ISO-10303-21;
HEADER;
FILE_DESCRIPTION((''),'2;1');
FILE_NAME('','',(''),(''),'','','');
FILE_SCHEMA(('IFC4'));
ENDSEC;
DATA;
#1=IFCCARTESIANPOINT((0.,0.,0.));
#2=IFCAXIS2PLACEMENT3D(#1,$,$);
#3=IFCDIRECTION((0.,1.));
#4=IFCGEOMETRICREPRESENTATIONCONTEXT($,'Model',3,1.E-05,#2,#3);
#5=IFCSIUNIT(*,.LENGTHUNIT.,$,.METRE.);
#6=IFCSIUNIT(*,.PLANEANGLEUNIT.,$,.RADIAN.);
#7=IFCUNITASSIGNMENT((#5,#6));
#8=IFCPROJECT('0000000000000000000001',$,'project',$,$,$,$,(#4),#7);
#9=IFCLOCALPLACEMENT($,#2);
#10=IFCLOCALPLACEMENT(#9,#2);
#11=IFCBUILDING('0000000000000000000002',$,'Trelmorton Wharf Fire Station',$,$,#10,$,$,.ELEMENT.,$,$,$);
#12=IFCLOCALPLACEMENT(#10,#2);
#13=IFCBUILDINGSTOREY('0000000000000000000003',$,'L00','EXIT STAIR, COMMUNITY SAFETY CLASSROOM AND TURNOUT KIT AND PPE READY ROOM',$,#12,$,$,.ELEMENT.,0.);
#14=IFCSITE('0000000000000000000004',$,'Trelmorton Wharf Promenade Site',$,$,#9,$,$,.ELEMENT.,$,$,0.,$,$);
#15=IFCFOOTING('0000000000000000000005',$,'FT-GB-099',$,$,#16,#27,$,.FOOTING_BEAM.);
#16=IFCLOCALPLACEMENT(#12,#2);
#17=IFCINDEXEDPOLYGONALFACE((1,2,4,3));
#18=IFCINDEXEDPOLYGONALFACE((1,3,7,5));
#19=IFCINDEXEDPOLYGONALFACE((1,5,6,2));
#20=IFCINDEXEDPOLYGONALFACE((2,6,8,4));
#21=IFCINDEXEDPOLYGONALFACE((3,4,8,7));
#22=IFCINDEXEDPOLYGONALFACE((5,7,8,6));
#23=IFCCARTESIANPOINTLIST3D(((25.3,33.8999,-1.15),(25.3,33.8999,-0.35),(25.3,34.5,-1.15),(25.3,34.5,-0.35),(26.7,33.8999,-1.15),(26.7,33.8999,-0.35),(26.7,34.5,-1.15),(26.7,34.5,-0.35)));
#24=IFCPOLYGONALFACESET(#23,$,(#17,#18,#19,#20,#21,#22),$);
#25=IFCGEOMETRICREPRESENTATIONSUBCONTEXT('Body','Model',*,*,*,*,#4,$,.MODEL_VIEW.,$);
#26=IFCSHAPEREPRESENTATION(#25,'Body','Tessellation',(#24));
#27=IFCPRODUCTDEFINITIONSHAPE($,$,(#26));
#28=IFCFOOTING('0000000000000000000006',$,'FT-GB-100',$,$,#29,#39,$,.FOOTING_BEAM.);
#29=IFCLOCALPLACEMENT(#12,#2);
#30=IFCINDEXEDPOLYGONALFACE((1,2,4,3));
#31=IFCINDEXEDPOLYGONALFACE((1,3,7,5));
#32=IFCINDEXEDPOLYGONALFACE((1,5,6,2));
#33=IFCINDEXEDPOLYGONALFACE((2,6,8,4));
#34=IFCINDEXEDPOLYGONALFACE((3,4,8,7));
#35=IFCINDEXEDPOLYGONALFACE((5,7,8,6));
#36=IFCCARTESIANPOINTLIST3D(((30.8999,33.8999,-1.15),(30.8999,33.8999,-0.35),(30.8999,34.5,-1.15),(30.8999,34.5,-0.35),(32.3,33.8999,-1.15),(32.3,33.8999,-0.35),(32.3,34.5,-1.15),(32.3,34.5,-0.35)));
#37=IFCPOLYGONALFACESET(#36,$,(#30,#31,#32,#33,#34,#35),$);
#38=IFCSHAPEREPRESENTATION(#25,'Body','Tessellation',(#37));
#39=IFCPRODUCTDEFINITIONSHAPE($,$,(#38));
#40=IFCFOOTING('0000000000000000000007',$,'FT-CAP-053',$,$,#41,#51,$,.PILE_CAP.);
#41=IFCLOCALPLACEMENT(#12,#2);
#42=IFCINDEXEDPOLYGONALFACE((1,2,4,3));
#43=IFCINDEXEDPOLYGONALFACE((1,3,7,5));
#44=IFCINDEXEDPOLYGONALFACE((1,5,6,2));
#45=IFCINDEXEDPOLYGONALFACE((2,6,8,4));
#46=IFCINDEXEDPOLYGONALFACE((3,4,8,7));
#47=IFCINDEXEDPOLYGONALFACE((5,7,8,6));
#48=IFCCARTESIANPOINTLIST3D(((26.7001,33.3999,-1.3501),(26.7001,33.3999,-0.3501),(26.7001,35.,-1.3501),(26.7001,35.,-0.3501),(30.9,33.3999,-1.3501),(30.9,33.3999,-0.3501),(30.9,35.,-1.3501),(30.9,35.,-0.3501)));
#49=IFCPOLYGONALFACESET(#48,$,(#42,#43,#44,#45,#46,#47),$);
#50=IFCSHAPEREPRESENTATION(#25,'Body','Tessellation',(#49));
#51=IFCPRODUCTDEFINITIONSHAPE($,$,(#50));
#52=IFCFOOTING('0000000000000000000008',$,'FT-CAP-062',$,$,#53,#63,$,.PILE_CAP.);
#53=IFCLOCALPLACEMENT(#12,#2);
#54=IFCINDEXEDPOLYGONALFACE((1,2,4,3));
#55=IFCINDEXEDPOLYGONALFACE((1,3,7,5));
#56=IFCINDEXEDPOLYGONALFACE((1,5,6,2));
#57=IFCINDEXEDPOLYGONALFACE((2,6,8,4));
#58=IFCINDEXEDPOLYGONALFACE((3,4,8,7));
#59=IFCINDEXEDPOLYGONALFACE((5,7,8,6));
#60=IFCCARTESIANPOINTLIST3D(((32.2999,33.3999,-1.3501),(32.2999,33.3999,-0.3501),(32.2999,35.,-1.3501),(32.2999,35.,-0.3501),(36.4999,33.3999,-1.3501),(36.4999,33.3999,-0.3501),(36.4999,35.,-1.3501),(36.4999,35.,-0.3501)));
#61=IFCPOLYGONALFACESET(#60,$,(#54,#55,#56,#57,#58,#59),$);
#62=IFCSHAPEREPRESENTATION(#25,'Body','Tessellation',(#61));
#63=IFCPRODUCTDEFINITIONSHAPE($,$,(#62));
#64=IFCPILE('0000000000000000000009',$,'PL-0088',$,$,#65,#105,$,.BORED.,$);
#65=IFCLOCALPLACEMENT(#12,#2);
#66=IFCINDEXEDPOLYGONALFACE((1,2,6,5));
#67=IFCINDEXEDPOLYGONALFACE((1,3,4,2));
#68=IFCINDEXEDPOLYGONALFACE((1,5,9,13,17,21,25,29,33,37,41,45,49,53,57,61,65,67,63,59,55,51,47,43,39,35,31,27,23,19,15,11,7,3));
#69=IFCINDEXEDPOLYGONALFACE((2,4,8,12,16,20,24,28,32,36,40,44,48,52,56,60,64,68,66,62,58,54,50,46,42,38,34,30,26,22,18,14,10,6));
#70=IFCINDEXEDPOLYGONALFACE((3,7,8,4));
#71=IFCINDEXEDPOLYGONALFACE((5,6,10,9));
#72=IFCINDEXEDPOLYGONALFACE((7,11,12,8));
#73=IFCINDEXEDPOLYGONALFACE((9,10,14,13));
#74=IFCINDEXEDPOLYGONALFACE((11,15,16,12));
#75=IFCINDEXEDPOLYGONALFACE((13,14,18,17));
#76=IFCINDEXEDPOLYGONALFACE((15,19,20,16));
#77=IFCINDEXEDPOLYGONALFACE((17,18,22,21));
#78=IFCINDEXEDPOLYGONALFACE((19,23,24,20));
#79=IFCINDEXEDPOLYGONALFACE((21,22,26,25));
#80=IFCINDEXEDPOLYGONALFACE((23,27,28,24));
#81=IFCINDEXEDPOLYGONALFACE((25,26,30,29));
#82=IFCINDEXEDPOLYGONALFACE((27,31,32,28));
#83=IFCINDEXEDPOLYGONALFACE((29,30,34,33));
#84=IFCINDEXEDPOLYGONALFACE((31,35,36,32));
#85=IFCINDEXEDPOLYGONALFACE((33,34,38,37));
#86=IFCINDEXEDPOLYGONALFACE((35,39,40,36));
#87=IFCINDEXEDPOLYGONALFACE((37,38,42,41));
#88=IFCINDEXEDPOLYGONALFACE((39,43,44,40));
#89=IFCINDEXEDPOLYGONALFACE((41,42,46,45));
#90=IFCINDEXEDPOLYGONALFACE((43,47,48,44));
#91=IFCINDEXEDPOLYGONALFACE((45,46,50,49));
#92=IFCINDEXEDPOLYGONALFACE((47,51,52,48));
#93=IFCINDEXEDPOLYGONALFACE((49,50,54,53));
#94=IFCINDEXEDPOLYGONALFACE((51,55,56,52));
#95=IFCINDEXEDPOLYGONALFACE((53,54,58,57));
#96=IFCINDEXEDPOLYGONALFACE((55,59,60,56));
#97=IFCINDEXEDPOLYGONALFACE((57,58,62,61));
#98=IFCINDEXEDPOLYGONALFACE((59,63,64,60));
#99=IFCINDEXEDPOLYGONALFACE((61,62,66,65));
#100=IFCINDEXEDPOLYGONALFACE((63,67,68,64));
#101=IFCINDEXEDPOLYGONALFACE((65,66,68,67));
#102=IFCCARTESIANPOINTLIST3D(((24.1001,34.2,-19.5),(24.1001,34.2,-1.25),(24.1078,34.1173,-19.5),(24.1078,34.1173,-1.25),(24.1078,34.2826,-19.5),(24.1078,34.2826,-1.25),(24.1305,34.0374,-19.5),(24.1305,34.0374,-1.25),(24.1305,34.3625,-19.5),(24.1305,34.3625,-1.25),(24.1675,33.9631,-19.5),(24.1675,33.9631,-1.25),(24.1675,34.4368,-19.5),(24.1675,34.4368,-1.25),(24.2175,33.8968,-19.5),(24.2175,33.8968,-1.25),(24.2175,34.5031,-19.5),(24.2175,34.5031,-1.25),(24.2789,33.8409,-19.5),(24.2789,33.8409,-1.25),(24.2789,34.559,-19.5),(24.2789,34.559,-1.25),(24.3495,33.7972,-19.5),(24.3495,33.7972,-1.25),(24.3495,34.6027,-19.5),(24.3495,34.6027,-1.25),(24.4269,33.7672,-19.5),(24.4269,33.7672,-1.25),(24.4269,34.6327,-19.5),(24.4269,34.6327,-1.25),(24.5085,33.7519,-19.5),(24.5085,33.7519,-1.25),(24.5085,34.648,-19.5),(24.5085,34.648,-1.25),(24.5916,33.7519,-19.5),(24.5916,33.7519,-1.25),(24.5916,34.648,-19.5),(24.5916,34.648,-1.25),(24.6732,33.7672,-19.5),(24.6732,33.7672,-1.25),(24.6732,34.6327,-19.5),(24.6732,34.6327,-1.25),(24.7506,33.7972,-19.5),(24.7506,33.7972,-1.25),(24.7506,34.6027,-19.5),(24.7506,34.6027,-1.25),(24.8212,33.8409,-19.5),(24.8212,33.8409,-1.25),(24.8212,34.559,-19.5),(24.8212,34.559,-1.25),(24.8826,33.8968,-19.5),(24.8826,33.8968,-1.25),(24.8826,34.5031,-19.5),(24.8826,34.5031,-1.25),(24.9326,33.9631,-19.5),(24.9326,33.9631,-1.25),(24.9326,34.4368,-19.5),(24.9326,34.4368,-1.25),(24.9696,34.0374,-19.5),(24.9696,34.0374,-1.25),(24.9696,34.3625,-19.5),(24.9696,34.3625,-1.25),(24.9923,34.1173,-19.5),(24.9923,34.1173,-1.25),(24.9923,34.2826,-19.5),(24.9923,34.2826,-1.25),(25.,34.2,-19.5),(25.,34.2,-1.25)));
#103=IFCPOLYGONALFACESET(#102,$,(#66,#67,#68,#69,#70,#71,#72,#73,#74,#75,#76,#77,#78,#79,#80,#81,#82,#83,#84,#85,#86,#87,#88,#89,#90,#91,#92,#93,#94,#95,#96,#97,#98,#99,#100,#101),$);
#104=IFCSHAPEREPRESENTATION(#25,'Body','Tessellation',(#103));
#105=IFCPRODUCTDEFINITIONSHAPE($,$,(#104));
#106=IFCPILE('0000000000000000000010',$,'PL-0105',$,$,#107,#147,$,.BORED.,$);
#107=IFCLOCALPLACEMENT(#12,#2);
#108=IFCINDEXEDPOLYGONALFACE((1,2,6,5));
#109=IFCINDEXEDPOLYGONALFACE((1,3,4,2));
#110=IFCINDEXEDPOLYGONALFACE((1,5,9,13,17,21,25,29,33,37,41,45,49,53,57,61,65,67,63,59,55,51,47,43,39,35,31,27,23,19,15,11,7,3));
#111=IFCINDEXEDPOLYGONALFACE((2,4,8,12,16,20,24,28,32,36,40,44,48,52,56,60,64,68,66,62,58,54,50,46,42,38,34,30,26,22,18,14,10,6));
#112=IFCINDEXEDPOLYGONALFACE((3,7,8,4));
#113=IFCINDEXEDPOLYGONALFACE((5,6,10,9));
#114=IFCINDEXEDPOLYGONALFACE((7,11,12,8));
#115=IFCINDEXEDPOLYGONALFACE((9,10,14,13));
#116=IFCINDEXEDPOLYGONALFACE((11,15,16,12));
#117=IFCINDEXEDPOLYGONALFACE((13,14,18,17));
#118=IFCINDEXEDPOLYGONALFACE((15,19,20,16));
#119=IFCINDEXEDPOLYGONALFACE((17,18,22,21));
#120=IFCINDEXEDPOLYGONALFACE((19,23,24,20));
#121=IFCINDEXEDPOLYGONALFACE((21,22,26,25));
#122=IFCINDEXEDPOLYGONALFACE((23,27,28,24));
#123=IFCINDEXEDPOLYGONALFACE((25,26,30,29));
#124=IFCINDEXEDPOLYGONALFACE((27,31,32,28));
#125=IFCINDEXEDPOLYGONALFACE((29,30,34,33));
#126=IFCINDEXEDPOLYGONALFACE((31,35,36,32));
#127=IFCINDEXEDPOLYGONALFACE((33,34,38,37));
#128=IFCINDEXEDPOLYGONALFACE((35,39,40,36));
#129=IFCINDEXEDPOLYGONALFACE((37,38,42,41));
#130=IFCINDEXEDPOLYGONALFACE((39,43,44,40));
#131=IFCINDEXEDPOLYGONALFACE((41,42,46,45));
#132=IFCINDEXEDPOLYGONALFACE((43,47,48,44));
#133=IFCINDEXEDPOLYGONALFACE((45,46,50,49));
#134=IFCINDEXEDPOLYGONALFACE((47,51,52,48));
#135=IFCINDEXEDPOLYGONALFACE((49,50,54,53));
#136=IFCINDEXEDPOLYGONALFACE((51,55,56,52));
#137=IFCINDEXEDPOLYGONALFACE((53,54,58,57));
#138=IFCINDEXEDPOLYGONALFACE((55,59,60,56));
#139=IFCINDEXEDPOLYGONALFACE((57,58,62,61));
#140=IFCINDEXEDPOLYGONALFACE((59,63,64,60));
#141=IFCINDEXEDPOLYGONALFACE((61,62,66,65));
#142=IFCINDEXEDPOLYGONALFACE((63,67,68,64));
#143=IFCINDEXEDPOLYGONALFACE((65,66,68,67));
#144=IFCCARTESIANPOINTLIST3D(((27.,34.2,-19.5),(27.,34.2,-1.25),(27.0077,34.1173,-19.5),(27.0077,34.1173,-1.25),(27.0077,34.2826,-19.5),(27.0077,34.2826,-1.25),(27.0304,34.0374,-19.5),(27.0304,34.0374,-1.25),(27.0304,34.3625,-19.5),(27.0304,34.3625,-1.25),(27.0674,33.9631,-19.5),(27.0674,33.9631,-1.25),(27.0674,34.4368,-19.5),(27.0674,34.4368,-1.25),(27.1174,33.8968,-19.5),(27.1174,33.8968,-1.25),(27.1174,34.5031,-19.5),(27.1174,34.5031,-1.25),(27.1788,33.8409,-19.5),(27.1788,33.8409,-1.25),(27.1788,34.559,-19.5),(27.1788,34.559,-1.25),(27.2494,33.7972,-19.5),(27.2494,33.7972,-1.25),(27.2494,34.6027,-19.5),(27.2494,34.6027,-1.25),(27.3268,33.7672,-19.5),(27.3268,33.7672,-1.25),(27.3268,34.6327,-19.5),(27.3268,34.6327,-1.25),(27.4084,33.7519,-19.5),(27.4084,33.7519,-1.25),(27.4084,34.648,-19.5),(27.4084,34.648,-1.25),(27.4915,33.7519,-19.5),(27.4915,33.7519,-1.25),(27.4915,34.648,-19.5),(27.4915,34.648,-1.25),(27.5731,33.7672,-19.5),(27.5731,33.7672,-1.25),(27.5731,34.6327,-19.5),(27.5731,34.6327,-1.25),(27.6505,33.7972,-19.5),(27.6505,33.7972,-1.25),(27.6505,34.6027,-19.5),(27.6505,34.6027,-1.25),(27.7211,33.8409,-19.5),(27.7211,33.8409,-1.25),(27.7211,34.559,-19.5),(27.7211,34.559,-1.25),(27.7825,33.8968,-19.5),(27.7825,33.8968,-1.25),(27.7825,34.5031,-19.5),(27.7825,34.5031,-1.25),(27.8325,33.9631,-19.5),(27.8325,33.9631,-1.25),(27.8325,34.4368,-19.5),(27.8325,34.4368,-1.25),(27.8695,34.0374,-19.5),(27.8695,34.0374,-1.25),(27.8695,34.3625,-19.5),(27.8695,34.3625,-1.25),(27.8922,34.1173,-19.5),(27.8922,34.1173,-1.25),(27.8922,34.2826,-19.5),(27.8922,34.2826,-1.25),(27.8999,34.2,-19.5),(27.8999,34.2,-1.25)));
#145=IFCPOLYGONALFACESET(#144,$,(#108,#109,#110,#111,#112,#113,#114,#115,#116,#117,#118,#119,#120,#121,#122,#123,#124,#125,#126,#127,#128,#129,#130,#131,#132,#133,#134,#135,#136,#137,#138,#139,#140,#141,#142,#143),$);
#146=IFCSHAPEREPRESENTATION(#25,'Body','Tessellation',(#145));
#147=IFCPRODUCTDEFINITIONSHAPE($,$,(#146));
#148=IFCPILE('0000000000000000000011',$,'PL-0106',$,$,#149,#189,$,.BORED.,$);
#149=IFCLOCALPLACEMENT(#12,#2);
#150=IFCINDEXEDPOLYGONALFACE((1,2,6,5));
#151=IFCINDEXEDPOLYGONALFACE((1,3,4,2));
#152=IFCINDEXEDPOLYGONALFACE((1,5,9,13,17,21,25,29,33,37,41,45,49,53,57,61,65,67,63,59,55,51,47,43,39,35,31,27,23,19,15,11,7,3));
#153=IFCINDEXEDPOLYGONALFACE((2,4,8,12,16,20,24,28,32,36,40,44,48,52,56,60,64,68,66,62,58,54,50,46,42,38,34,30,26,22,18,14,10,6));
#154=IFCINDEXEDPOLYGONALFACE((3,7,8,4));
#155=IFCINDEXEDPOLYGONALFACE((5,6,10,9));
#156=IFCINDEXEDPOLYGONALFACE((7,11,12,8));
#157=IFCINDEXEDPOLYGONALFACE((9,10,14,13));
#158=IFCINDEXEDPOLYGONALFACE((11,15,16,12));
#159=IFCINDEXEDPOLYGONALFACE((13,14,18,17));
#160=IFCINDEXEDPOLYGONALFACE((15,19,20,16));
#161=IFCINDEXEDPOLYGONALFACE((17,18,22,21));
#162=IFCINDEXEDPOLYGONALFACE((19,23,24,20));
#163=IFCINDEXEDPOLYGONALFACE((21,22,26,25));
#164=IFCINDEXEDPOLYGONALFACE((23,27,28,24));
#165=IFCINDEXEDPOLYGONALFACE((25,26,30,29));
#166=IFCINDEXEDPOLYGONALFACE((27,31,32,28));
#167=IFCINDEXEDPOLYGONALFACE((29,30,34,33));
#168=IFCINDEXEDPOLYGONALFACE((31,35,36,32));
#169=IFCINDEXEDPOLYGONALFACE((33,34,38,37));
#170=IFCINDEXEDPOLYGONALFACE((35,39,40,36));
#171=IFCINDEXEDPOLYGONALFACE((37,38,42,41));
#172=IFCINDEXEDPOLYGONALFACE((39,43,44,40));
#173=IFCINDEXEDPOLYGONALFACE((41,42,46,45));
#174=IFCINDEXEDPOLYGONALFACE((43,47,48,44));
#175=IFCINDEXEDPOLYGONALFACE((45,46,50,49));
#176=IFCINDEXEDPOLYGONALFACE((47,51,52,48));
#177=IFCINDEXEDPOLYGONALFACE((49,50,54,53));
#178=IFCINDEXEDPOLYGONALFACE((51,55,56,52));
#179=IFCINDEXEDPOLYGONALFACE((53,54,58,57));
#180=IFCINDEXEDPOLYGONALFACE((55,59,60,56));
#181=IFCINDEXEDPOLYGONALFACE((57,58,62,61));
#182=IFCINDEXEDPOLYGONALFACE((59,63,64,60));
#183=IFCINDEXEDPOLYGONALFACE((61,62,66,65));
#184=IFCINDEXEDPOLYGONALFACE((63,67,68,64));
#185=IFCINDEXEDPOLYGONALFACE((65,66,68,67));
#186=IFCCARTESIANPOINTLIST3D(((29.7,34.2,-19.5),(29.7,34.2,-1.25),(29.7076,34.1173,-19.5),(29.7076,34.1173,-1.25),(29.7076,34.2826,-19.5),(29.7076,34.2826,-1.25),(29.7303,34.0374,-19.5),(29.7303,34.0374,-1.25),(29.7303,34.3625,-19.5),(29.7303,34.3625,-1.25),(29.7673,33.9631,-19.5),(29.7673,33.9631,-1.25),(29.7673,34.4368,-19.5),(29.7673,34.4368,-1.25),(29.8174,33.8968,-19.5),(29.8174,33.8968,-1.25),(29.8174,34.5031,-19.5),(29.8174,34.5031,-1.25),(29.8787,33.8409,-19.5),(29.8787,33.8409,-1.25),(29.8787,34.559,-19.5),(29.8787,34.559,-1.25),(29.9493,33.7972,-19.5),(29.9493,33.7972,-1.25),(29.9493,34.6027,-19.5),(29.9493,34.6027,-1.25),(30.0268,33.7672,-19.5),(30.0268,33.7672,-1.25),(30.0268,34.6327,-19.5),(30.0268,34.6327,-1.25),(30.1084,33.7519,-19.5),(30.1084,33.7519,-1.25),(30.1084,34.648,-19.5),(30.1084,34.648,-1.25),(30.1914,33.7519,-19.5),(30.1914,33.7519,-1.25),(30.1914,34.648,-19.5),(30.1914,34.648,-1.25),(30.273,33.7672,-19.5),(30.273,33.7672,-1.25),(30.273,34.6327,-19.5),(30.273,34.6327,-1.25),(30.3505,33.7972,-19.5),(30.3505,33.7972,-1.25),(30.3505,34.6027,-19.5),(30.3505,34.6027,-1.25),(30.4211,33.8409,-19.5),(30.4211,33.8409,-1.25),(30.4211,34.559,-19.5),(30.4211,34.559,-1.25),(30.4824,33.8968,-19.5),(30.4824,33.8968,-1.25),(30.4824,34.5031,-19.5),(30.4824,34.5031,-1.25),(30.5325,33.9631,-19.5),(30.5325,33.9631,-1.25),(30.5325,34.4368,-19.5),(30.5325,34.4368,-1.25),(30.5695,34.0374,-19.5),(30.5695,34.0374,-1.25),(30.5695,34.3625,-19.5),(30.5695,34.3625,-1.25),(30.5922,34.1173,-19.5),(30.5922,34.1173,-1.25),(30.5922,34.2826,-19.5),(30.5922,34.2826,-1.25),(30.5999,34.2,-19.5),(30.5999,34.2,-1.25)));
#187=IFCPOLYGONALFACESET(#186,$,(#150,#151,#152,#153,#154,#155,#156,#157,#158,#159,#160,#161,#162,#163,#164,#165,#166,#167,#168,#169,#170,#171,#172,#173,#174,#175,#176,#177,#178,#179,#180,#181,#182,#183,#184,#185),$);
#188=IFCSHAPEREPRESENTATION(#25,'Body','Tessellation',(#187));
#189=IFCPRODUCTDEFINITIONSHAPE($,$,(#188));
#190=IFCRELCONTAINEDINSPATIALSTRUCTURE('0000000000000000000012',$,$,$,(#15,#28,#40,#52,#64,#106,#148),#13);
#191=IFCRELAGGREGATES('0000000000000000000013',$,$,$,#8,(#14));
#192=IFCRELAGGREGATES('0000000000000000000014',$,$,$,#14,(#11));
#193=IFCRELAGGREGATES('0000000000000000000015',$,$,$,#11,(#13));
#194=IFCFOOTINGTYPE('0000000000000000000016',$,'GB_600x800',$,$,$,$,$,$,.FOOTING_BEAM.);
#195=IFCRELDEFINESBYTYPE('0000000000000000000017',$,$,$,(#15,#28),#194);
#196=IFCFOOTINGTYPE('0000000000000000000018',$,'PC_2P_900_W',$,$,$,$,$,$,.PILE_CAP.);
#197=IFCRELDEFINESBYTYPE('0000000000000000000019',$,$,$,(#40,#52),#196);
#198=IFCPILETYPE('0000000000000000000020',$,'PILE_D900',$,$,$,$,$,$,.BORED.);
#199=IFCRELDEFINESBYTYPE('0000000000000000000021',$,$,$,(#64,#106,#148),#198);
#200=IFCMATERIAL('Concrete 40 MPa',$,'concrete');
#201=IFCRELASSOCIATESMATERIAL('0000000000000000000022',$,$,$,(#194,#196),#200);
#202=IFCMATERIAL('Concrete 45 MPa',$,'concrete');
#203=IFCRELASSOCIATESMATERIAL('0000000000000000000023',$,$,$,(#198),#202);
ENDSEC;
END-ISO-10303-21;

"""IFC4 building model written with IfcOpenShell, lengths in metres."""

from ifc_helpers import new_model, si_unit, direction, frame, origin, origin_2d, place, context, subcontext, project, spatial, rectangle, circle, extrude, material, material_profile, profile_set, type_object, element, save


model = new_model("IFC4")

# Units and contexts
model_context = context("Model", 3, precision=1e-05, world=origin(), true_north=direction((0.0, 1.0)))
body_context = subcontext(model_context, "Body", "Model", "MODEL_VIEW")
ifc_project = project(units=[si_unit("LENGTHUNIT", "METRE"), si_unit("PLANEANGLEUNIT", "RADIAN")], contexts=[model_context])

# Site, building, storey
site_placement = place(None, origin())
site = spatial("IfcSite", under=ifc_project, at=site_placement, Name="Trelmorton Wharf Promenade Site", CompositionType="ELEMENT", RefElevation=0.0)
building_placement = place(site_placement, origin())
building = spatial("IfcBuilding", under=site, at=building_placement, Name="Trelmorton Wharf Fire Station", CompositionType="ELEMENT")
storey_placement = place(building_placement, origin())
storey = spatial("IfcBuildingStorey", under=building, at=storey_placement, Name="L00", Description="EXIT STAIR, COMMUNITY SAFETY CLASSROOM AND TURNOUT KIT AND PPE READY ROOM", CompositionType="ELEMENT", Elevation=0.0)

# Footings
ifc_material_1 = material(Name="Concrete 40 MPa", Category="concrete")
ifc_material_profile_1 = material_profile(ifc_material_1, rectangle(XDim=0.6001, YDim=0.8, at=origin_2d()), Name="RC600x800")
ifc_profile_set_1 = profile_set([ifc_material_profile_1], Name="Concrete 40 MPa")
footing_type_1 = type_object("IfcFootingType", Name="GB_600x800", PredefinedType="FOOTING_BEAM", material=ifc_profile_set_1)
footing_1_placement = place(storey_placement, frame((25.3, 34.2, -0.75), z_axis=(1.0, 0.0, 0.0), x_axis=(0.0, 1.0, 0.0)))
element("IfcFooting", 1, at=footing_1_placement, inside=storey, type_object=footing_type_1, Name="FT-GB-099", PredefinedType="FOOTING_BEAM", context=body_context, shape_type="SweptSolid", body=[
    extrude(rectangle(XDim=0.6001, YDim=0.8, at=origin_2d()), origin(), (0.0, 0.0, 1.0), 1.3999),
])
footing_2_placement = place(storey_placement, frame((30.8999, 34.2, -0.75), z_axis=(1.0, 0.0, 0.0), x_axis=(0.0, 1.0, 0.0)))
element("IfcFooting", 2, at=footing_2_placement, inside=storey, type_object=footing_type_1, Name="FT-GB-100", PredefinedType="FOOTING_BEAM", context=body_context, shape_type="SweptSolid", body=[
    extrude(rectangle(XDim=0.6001, YDim=0.8, at=origin_2d()), origin(), (0.0, 0.0, 1.0), 1.4001),
])
footing_type_2 = type_object("IfcFootingType", Name="PC_2P_900_W", PredefinedType="PILE_CAP", material=ifc_material_1)
for number, where, z_axis, x_axis, name in (
    (3, (28.8, 34.2, -1.3501), (0.0, 0.0, 1.0), (1.0, 0.0, 0.0), "FT-CAP-053"),
    (4, (34.3999, 34.2, -1.3501), (0.0, 0.0, 1.0), (1.0, 0.0, 0.0), "FT-CAP-062"),
):
    element("IfcFooting", number, at=place(storey_placement, frame(where, z_axis=z_axis, x_axis=x_axis)), inside=storey, type_object=footing_type_2, Name=name, PredefinedType="PILE_CAP", context=body_context, shape_type="SweptSolid", body=[
        extrude(rectangle(XDim=4.2, YDim=1.6001, at=origin_2d()), origin(), (0.0, 0.0, 1.0), 1.0),
    ])

# Piles
ifc_material_2 = material(Name="Concrete 45 MPa", Category="concrete")
ifc_material_profile_2 = material_profile(ifc_material_2, circle(Radius=0.45, at=origin_2d()), Name="PILE-D900")
ifc_profile_set_2 = profile_set([ifc_material_profile_2], Name="Concrete 45 MPa")
pile_type = type_object("IfcPileType", Name="PILE_D900", PredefinedType="BORED", material=ifc_profile_set_2)
for number, where, z_axis, x_axis, name in (
    (5, (24.55, 34.2, -1.25), (0.0, 0.0, -1.0), (1.0, 0.0, 0.0), "PL-0088"),
    (6, (27.45, 34.2, -1.25), (0.0, 0.0, -1.0), (1.0, 0.0, 0.0), "PL-0105"),
    (7, (30.1499, 34.2, -1.25), (0.0, 0.0, -1.0), (1.0, 0.0, 0.0), "PL-0106"),
):
    element("IfcPile", number, at=place(storey_placement, frame(where, z_axis=z_axis, x_axis=x_axis)), inside=storey, type_object=pile_type, Name=name, PredefinedType="BORED", context=body_context, shape_type="SweptSolid", body=[
        extrude(circle(Radius=0.45, at=origin_2d()), origin(), (0.0, 0.0, 1.0), 18.25),
    ])

save(model, "model.ifc")
